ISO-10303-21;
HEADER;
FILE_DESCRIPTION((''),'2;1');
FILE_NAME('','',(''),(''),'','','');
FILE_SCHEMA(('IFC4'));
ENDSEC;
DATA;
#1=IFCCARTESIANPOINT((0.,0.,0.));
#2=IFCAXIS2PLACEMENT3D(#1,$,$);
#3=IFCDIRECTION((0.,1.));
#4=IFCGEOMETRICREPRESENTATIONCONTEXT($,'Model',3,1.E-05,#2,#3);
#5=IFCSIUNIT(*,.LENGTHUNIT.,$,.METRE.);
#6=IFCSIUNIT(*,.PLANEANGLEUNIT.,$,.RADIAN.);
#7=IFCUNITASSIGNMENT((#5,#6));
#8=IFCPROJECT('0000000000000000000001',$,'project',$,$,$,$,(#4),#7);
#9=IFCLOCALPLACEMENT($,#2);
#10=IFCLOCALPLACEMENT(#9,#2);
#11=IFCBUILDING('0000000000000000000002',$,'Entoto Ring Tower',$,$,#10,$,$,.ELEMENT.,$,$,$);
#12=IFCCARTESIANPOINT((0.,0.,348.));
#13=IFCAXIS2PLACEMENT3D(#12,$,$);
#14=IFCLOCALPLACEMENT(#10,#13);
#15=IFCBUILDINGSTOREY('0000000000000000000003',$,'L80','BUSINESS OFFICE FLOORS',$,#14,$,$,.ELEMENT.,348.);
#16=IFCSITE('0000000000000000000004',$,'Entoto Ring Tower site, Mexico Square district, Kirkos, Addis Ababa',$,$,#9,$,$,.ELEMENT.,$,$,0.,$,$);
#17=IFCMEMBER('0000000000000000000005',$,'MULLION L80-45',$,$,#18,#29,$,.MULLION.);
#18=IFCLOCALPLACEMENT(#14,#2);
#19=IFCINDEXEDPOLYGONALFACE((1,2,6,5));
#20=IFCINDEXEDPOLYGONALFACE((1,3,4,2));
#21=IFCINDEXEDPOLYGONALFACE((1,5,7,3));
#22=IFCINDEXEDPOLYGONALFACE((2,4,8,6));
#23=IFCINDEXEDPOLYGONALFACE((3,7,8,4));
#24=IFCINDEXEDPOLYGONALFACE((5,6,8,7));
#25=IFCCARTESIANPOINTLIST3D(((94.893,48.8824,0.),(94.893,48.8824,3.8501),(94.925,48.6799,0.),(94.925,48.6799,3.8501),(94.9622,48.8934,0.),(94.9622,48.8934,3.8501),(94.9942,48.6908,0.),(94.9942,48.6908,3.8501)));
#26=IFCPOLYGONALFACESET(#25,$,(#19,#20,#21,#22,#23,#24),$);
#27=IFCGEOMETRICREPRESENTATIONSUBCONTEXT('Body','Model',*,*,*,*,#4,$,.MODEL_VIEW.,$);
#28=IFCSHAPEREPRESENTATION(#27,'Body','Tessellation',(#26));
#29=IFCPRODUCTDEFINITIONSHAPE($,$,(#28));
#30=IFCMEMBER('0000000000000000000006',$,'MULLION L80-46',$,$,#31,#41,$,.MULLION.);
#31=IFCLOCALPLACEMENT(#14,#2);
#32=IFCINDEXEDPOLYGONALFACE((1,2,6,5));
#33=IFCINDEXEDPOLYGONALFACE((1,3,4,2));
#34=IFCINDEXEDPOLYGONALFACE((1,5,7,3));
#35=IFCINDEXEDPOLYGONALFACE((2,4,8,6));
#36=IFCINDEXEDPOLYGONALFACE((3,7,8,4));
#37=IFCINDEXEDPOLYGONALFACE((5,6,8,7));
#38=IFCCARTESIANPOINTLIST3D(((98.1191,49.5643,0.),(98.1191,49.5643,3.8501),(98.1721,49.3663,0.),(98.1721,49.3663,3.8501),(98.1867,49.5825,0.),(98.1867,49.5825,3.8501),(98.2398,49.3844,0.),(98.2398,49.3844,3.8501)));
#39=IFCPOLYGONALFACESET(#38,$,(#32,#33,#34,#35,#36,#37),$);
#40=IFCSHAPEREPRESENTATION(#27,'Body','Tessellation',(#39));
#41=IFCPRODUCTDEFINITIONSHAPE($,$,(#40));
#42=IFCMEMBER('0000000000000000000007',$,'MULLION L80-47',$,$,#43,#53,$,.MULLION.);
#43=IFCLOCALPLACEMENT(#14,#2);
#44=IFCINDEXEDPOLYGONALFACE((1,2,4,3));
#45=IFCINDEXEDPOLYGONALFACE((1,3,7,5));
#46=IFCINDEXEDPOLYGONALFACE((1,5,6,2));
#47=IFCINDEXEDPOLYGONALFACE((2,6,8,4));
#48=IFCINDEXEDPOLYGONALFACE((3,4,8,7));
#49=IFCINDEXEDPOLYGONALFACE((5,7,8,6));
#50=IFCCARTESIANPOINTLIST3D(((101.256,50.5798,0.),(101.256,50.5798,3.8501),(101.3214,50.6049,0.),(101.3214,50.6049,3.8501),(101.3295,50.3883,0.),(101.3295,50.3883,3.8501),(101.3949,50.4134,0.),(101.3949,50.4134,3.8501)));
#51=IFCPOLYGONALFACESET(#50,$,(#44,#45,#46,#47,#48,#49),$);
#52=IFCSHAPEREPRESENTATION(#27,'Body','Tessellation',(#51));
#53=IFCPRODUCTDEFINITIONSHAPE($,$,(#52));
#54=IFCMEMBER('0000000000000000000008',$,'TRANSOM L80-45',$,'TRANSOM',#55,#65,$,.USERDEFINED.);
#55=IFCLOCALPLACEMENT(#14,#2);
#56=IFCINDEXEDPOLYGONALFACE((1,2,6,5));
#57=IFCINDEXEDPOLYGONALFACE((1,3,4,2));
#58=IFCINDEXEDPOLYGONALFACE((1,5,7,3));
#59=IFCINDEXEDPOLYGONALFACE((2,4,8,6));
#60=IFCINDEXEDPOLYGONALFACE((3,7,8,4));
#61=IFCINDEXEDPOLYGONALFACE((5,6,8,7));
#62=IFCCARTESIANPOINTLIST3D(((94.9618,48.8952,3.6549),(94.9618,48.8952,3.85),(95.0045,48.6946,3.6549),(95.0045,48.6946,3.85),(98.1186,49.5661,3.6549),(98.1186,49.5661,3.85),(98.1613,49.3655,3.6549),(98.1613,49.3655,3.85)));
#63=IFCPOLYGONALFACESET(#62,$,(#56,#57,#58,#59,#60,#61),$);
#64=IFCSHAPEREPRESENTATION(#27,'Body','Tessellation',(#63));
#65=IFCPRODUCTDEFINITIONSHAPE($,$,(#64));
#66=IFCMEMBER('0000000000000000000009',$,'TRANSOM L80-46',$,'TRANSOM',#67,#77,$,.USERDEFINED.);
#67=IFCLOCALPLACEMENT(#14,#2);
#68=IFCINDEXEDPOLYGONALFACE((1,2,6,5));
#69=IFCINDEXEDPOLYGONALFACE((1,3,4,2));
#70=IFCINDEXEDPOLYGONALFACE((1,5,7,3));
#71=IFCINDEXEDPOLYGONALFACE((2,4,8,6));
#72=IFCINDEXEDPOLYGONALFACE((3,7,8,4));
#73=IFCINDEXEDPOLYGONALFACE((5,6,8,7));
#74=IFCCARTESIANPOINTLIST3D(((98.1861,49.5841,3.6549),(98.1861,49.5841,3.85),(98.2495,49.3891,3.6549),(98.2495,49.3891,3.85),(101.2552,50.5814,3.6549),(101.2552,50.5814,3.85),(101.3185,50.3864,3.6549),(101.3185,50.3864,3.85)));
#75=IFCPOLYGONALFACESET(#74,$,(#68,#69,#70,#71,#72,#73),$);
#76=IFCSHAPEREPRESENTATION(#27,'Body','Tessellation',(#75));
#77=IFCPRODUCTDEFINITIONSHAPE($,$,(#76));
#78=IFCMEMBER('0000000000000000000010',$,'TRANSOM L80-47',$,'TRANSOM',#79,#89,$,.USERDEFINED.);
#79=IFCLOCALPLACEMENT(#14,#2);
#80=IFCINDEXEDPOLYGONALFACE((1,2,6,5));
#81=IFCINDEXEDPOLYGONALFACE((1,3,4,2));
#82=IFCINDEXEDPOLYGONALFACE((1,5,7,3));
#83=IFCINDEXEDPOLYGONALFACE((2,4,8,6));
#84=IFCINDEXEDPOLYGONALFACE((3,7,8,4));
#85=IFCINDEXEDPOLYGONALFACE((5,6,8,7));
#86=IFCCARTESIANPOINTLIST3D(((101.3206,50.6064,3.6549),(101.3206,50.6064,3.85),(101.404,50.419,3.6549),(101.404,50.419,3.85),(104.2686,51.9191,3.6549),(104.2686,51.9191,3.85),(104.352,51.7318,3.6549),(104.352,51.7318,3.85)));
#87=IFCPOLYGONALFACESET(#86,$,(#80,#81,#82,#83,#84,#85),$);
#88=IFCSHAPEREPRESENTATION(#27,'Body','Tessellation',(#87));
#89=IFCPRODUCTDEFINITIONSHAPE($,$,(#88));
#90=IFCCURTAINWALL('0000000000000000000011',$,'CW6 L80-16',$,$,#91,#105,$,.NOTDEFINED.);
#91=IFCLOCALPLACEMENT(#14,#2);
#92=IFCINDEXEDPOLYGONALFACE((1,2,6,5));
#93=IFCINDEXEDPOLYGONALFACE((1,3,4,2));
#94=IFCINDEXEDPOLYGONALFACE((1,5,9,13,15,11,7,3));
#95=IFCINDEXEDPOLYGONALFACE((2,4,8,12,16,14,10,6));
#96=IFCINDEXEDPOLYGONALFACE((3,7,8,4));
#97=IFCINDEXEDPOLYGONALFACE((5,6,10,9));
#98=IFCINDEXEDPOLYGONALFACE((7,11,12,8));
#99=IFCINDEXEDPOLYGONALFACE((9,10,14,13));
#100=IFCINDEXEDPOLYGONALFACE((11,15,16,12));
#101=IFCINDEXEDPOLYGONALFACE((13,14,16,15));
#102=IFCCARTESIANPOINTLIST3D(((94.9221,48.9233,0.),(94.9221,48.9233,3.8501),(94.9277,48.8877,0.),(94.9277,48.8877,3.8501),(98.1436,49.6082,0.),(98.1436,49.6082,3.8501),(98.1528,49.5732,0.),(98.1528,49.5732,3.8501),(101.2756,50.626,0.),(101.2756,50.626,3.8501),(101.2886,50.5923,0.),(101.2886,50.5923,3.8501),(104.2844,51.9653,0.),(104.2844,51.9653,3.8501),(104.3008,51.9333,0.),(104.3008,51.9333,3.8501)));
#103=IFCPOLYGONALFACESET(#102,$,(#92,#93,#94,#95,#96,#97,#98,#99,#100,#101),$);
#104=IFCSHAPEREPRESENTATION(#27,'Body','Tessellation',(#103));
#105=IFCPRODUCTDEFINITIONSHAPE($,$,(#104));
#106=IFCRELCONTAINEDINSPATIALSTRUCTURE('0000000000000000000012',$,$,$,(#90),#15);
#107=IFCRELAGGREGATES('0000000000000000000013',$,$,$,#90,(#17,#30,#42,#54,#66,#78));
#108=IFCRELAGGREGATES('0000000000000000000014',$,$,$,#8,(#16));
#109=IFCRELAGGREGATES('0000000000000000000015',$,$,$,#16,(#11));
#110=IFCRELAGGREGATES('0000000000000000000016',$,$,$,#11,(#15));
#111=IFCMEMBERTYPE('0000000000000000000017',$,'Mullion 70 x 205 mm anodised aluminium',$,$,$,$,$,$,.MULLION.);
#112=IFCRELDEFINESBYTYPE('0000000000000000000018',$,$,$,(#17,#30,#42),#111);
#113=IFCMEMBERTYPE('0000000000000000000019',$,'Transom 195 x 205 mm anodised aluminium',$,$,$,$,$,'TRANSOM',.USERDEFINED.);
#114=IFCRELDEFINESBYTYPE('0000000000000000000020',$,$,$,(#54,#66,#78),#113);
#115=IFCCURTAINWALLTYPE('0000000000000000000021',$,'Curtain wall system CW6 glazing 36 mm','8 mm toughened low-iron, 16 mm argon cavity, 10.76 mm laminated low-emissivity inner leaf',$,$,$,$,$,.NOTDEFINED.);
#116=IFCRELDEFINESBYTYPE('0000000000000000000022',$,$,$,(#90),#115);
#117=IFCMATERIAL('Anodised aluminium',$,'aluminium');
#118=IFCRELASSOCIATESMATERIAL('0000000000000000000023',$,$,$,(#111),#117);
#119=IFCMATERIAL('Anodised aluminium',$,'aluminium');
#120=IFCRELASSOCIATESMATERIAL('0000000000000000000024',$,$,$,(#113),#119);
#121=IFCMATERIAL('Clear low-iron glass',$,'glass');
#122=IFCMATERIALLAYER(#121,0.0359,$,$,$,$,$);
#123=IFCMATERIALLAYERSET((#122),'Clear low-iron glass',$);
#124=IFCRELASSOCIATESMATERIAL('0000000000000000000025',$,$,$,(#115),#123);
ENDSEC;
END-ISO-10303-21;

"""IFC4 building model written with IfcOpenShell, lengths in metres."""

from ifc_helpers import new_model, si_unit, direction, frame, origin, origin_2d, place, context, subcontext, project, spatial, polyline, rectangle, outline, extrude, material, layer, layer_set, material_profile, profile_set, type_object, element, aggregate, save


model = new_model("IFC4")

# Units and contexts
model_context = context("Model", 3, precision=1e-05, world=origin(), true_north=direction((0.0, 1.0)))
body_context = subcontext(model_context, "Body", "Model", "MODEL_VIEW")
ifc_project = project(units=[si_unit("LENGTHUNIT", "METRE"), si_unit("PLANEANGLEUNIT", "RADIAN")], contexts=[model_context])

# Members
ifc_material_1 = material(Name="Anodised aluminium", Category="aluminium")
ifc_material_profile_1 = material_profile(ifc_material_1, rectangle(XDim=0.0701, YDim=0.2051, at=origin_2d()), Name="Mullion 70 x 205 mm anodised aluminium")
ifc_profile_set_1 = profile_set([ifc_material_profile_1], Name="Anodised aluminium")
member_type_1 = type_object("IfcMemberType", Name="Mullion 70 x 205 mm anodised aluminium", PredefinedType="MULLION", material=ifc_profile_set_1)
site_placement = place(None, origin())
building_placement = place(site_placement, origin())
storey_placement = place(building_placement, frame((0.0, 0.0, 348.0)))
member_1_placement = place(storey_placement, frame((94.9436, 48.7866, 0.0), z_axis=(0.0, 0.0, 1.0), x_axis=(0.987688, 0.156434, 0.0)))
member_1 = element("IfcMember", 1, at=member_1_placement, type_object=member_type_1, Name="MULLION L80-45", PredefinedType="MULLION", context=body_context, shape_type="SweptSolid", body=[
    extrude(rectangle(XDim=0.0701, YDim=0.2051, at=origin_2d()), origin(), (0.0, 0.0, 1.0), 3.8501),
])
member_2_placement = place(storey_placement, frame((98.1794, 49.4744, 0.0), z_axis=(0.0, 0.0, 1.0), x_axis=(0.965926, 0.258819, 0.0)))
member_2 = element("IfcMember", 2, at=member_2_placement, type_object=member_type_1, Name="MULLION L80-46", PredefinedType="MULLION", context=body_context, shape_type="SweptSolid", body=[
    extrude(rectangle(XDim=0.0701, YDim=0.2051, at=origin_2d()), origin(), (0.0, 0.0, 1.0), 3.8501),
])
member_3_placement = place(storey_placement, frame((101.3254, 50.4966, 0.0), z_axis=(0.0, 0.0, 1.0), x_axis=(0.93358, 0.358368, 0.0)))
member_3 = element("IfcMember", 3, at=member_3_placement, type_object=member_type_1, Name="MULLION L80-47", PredefinedType="MULLION", context=body_context, shape_type="SweptSolid", body=[
    extrude(rectangle(XDim=0.0701, YDim=0.2051, at=origin_2d()), origin(), (0.0, 0.0, 1.0), 3.8501),
])
ifc_material_2 = material(Name="Anodised aluminium", Category="aluminium")
ifc_material_profile_2 = material_profile(ifc_material_2, rectangle(XDim=0.2051, YDim=0.1951, at=origin_2d()), Name="Transom 195 x 205 mm anodised aluminium")
ifc_profile_set_2 = profile_set([ifc_material_profile_2], Name="Anodised aluminium")
member_type_2 = type_object("IfcMemberType", Name="Transom 195 x 205 mm anodised aluminium", ElementType="TRANSOM", PredefinedType="USERDEFINED", material=ifc_profile_set_2)
member_4_placement = place(storey_placement, frame((94.9832, 48.7949, 3.7524), z_axis=(0.978153, 0.207886, 0.0), x_axis=(-0.207886, 0.978153, 0.0)))
member_4 = element("IfcMember", 4, at=member_4_placement, type_object=member_type_2, Name="TRANSOM L80-45", ObjectType="TRANSOM", PredefinedType="USERDEFINED", context=body_context, shape_type="SweptSolid", body=[
    extrude(rectangle(XDim=0.2051, YDim=0.1951, at=origin_2d()), origin(), (0.0, 0.0, 1.0), 3.2273),
])
member_5_placement = place(storey_placement, frame((98.2178, 49.4866, 3.7524), z_axis=(0.951047, 0.309047, 0.0), x_axis=(-0.309047, 0.951047, 0.0)))
member_5 = element("IfcMember", 5, at=member_5_placement, type_object=member_type_2, Name="TRANSOM L80-46", ObjectType="TRANSOM", PredefinedType="USERDEFINED", context=body_context, shape_type="SweptSolid", body=[
    extrude(rectangle(XDim=0.2051, YDim=0.1951, at=origin_2d()), origin(), (0.0, 0.0, 1.0), 3.2271),
])
member_6_placement = place(storey_placement, frame((101.3623, 50.5127, 3.7524), z_axis=(0.913521, 0.406791, 0.0), x_axis=(-0.406791, 0.913521, 0.0)))
member_6 = element("IfcMember", 6, at=member_6_placement, type_object=member_type_2, Name="TRANSOM L80-47", ObjectType="TRANSOM", PredefinedType="USERDEFINED", context=body_context, shape_type="SweptSolid", body=[
    extrude(rectangle(XDim=0.2051, YDim=0.1951, at=origin_2d()), origin(), (0.0, 0.0, 1.0), 3.2271),
])

# Site, building, storey
site = spatial("IfcSite", under=ifc_project, at=site_placement, Name="Entoto Ring Tower site, Mexico Square district, Kirkos, Addis Ababa", CompositionType="ELEMENT", RefElevation=0.0)
building = spatial("IfcBuilding", under=site, at=building_placement, Name="Entoto Ring Tower", CompositionType="ELEMENT")
storey = spatial("IfcBuildingStorey", under=building, at=storey_placement, Name="L80", Description="BUSINESS OFFICE FLOORS", CompositionType="ELEMENT", Elevation=348.0)

# Curtain wall
ifc_material_3 = material(Name="Clear low-iron glass", Category="glass")
ifc_layer_1 = layer(ifc_material_3, 0.0359)
ifc_layer_set_1 = layer_set([ifc_layer_1], Name="Clear low-iron glass")
curtain_wall_type = type_object("IfcCurtainWallType", Name="Curtain wall system CW6 glazing 36 mm", Description="8 mm toughened low-iron, 16 mm argon cavity, 10.76 mm laminated low-emissivity inner leaf", PredefinedType="NOTDEFINED", material=ifc_layer_set_1)
curtain_wall_1_placement = place(storey_placement, origin())
curtain_wall_1 = element("IfcCurtainWall", 7, at=curtain_wall_1_placement, inside=storey, type_object=curtain_wall_type, Name="CW6 L80-16", PredefinedType="NOTDEFINED", context=body_context, shape_type="SweptSolid", body=[
    extrude(outline(polyline([(94.9277, 48.8877), (98.1528, 49.5732), (101.2886, 50.5923), (104.3008, 51.9333), (104.2844, 51.9653), (101.2756, 50.626), (98.1436, 49.6082), (94.9221, 48.9233), (94.9277, 48.8877)])), origin(), (0.0, 0.0, 1.0), 3.8501),
])
aggregate(curtain_wall_1, [member_1, member_2, member_3, member_4, member_5, member_6])

save(model, "model.ifc")
